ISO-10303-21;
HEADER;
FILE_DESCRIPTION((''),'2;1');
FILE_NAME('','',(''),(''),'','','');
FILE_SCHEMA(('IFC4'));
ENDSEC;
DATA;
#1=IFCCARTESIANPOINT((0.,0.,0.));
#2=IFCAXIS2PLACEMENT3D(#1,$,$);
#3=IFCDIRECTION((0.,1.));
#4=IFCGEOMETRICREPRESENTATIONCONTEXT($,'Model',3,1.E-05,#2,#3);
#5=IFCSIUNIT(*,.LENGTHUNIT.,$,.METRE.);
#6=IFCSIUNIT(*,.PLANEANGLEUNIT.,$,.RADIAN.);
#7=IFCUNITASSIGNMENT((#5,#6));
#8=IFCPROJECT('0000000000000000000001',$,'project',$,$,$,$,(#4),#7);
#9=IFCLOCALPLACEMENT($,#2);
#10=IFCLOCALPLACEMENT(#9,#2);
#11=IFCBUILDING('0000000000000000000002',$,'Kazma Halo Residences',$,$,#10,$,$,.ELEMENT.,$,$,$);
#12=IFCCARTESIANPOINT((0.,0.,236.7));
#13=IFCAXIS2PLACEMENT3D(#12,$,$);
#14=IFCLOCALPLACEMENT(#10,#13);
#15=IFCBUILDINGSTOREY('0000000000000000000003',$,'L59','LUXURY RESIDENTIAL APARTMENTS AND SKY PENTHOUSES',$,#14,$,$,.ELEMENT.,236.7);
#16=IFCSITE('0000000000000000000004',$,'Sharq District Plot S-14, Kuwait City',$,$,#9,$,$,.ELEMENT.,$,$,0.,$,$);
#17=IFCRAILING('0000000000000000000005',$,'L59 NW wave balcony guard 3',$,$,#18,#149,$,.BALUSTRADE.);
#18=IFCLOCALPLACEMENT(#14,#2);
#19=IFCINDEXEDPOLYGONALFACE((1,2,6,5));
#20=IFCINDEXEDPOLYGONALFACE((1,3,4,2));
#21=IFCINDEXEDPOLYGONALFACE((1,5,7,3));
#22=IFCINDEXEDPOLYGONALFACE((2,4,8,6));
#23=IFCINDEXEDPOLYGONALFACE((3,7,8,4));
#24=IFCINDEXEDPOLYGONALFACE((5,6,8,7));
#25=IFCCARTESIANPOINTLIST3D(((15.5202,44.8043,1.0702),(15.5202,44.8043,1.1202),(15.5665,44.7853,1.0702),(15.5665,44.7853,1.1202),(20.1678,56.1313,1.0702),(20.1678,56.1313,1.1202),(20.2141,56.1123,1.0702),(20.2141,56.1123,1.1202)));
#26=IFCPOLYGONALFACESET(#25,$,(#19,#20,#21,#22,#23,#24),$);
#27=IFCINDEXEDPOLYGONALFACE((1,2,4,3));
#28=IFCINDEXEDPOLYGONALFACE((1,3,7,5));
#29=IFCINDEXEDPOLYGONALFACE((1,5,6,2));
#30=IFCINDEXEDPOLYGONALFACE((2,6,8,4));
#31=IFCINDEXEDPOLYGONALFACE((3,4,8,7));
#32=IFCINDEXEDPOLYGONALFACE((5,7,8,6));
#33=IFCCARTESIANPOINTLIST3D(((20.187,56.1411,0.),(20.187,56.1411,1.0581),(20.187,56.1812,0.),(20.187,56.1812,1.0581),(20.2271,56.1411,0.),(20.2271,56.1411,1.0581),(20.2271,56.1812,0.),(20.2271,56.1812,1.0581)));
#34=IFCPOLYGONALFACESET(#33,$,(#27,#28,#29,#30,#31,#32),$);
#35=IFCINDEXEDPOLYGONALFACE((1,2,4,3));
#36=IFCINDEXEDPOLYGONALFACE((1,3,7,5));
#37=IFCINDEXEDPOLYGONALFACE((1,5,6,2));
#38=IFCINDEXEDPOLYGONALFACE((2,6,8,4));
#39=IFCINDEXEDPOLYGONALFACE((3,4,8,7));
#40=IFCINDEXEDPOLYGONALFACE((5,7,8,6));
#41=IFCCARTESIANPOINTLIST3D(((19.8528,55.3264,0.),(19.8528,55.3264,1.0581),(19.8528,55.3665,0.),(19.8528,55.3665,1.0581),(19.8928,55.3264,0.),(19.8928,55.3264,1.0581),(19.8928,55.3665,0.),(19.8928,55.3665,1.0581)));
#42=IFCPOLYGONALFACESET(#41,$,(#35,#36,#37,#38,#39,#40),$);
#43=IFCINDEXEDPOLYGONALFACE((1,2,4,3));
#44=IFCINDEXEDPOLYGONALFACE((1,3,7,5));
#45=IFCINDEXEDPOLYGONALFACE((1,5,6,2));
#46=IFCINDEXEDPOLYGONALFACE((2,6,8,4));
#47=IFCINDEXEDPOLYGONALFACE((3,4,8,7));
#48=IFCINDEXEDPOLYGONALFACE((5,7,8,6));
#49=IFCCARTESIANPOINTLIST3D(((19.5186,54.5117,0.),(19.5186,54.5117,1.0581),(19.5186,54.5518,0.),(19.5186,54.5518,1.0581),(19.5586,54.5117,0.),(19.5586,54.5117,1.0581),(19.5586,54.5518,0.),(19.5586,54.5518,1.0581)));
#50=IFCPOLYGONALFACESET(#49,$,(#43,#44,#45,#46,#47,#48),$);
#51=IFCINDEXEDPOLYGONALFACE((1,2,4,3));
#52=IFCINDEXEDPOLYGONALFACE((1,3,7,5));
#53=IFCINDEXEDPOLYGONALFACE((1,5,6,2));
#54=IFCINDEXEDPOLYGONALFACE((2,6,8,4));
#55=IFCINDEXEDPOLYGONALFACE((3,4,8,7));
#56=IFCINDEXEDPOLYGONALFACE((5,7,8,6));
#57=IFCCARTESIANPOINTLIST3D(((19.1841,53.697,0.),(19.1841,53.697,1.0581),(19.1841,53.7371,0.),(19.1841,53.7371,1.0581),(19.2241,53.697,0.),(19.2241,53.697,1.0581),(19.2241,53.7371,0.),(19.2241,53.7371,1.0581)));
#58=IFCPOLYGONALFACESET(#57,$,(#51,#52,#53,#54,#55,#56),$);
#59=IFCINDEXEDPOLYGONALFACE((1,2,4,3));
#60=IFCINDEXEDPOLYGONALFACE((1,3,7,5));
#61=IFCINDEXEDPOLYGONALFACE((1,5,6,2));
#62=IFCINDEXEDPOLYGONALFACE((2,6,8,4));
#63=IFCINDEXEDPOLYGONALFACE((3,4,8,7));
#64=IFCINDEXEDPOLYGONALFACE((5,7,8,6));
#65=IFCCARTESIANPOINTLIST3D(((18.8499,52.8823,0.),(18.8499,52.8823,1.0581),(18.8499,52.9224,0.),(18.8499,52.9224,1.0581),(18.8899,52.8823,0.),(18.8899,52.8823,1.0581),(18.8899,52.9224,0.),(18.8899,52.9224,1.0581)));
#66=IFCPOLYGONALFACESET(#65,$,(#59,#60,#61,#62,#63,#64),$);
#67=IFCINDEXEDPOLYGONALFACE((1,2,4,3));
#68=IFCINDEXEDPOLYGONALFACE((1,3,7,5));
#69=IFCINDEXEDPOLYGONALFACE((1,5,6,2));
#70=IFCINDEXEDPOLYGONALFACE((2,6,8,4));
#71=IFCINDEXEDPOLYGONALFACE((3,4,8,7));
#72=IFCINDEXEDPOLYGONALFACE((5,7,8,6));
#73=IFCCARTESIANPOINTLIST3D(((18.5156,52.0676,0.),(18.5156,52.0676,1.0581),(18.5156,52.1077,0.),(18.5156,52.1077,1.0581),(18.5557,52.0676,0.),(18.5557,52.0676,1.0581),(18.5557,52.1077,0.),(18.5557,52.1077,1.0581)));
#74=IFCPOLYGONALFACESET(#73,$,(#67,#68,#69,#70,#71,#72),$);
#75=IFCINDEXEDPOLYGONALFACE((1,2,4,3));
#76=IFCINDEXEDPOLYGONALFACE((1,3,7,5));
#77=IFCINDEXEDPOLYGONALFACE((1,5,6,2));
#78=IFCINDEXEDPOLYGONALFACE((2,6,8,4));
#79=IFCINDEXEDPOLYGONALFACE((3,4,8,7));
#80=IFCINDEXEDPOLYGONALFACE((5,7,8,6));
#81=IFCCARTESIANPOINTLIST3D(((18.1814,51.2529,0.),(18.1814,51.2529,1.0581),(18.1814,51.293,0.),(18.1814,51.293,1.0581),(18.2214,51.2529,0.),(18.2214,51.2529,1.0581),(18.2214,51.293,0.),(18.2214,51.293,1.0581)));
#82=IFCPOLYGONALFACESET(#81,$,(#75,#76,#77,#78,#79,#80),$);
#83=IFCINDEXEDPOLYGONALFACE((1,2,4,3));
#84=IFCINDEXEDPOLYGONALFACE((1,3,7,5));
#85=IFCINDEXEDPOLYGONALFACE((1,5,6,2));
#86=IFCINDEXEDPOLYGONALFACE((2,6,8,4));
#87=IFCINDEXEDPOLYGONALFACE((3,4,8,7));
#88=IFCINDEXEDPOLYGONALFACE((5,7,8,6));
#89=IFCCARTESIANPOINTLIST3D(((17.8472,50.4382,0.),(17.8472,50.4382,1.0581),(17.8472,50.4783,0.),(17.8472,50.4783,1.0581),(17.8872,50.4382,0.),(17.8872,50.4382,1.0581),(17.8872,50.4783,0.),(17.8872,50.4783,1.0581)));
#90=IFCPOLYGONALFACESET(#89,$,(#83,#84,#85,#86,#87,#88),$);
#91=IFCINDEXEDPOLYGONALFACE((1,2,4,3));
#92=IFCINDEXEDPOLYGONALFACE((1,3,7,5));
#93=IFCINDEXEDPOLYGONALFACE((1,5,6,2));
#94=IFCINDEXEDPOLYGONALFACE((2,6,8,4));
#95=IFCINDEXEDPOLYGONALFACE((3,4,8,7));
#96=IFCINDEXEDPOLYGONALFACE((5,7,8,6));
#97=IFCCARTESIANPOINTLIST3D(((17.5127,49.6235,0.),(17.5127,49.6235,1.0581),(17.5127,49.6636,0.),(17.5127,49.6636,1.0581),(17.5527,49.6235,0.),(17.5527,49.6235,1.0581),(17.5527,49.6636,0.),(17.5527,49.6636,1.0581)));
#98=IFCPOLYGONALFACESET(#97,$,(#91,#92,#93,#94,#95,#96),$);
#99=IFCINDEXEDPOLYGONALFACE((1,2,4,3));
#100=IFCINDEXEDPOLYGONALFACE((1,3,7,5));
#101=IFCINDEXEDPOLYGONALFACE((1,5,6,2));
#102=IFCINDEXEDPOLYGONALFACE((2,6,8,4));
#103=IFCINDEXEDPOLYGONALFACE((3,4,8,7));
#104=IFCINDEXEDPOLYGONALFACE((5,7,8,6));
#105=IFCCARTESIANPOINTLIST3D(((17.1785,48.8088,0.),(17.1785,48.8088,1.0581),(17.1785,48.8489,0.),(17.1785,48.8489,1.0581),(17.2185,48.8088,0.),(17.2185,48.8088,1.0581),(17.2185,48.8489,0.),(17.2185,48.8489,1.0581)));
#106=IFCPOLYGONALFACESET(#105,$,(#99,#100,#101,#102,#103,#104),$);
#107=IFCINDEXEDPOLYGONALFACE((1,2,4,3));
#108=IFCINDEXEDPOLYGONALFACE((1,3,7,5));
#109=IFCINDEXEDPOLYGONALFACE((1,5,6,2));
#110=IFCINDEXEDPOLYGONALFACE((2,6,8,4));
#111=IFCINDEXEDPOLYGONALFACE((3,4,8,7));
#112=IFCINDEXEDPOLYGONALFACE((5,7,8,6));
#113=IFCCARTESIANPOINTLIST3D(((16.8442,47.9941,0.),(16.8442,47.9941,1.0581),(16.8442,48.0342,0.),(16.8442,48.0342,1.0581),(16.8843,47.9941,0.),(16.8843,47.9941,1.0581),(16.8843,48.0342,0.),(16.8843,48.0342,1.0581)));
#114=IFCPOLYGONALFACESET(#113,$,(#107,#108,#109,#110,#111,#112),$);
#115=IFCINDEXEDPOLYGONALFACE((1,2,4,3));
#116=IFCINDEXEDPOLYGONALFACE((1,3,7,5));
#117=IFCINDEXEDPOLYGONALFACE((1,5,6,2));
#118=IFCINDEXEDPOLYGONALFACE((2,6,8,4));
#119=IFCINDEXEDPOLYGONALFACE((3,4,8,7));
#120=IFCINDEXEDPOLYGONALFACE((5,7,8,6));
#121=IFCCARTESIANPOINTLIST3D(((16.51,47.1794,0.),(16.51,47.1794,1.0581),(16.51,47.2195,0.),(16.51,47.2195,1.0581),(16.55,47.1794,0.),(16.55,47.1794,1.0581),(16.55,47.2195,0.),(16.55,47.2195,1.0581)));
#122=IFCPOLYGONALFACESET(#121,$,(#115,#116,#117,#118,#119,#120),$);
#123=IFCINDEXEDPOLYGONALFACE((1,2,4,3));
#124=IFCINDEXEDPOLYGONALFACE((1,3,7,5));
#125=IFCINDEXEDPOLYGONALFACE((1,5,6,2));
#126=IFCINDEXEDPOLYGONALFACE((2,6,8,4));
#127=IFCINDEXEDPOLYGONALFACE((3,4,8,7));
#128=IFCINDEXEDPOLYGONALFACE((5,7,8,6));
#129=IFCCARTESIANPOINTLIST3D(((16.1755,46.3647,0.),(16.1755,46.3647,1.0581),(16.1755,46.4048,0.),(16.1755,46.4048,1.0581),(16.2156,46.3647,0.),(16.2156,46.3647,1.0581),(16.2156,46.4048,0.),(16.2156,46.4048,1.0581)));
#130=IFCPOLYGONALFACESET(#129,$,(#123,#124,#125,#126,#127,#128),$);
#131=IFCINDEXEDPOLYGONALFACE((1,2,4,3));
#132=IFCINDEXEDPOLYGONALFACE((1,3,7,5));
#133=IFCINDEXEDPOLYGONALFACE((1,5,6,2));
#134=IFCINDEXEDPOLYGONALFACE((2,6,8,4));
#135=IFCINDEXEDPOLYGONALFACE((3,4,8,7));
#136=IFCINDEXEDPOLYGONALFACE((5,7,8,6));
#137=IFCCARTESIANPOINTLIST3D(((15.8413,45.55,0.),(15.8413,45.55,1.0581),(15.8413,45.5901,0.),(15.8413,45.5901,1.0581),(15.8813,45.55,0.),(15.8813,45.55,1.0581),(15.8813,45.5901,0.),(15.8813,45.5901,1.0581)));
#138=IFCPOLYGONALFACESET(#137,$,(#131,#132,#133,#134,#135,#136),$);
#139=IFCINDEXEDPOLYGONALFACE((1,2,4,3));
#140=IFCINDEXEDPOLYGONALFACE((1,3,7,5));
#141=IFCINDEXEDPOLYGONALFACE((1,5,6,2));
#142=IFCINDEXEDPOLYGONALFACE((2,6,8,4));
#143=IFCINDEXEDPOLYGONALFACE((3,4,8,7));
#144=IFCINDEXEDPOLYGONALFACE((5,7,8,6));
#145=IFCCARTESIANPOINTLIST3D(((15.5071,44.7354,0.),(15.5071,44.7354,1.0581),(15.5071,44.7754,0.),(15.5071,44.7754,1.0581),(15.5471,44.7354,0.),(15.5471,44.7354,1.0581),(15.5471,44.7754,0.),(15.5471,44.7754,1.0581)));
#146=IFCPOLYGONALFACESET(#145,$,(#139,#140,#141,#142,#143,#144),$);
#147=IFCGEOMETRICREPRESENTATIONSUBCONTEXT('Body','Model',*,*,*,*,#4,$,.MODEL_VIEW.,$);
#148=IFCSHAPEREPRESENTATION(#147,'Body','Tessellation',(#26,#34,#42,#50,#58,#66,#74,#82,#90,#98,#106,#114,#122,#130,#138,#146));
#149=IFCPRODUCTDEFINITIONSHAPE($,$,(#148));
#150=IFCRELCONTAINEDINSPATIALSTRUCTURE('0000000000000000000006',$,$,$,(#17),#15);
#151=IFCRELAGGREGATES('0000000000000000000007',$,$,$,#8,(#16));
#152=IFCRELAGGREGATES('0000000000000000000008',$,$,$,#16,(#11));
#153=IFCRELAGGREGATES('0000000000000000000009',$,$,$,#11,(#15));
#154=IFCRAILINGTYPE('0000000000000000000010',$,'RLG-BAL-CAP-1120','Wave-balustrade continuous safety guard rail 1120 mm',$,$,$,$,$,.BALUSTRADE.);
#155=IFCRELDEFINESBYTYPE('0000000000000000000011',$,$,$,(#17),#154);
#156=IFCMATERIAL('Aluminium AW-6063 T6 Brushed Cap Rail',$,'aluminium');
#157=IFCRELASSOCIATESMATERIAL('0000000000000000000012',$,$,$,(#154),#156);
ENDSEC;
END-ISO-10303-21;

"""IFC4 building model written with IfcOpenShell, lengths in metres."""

from ifc_helpers import new_model, si_unit, direction, frame, origin, origin_2d, place, context, subcontext, project, spatial, rectangle, extrude, material, type_object, element, save


model = new_model("IFC4")

# Units and contexts
model_context = context("Model", 3, precision=1e-05, world=origin(), true_north=direction((0.0, 1.0)))
body_context = subcontext(model_context, "Body", "Model", "MODEL_VIEW")
ifc_project = project(units=[si_unit("LENGTHUNIT", "METRE"), si_unit("PLANEANGLEUNIT", "RADIAN")], contexts=[model_context])

# Site, building, storey
site_placement = place(None, origin())
site = spatial("IfcSite", under=ifc_project, at=site_placement, Name="Sharq District Plot S-14, Kuwait City", CompositionType="ELEMENT", RefElevation=0.0)
building_placement = place(site_placement, origin())
building = spatial("IfcBuilding", under=site, at=building_placement, Name="Kazma Halo Residences", CompositionType="ELEMENT")
storey_placement = place(building_placement, frame((0.0, 0.0, 236.7)))
storey = spatial("IfcBuildingStorey", under=building, at=storey_placement, Name="L59", Description="LUXURY RESIDENTIAL APARTMENTS AND SKY PENTHOUSES", CompositionType="ELEMENT", Elevation=236.7)

# Railing
ifc_material_1 = material(Name="Aluminium AW-6063 T6 Brushed Cap Rail", Category="aluminium")
railing_type = type_object("IfcRailingType", Name="RLG-BAL-CAP-1120", Description="Wave-balustrade continuous safety guard rail 1120 mm", PredefinedType="BALUSTRADE", material=ifc_material_1)
railing_1_placement = place(storey_placement, frame((20.207, 56.1611, 0.0)))
element("IfcRailing", 1, at=railing_1_placement, inside=storey, type_object=railing_type, Name="L59 NW wave balcony guard 3", PredefinedType="BALUSTRADE", context=body_context, shape_type="SweptSolid", body=[
    extrude(rectangle(XDim=0.05, YDim=0.05, at=origin_2d()), frame((-0.0161, -0.0393, 1.0952), z_axis=(-0.379601, -0.92515, 0.0), x_axis=(0.92515, -0.379601, 0.0)), (0.0, 0.0, 1.0), 12.2434),
    extrude(rectangle(XDim=0.04, YDim=0.04, at=origin_2d()), origin(), (0.0, 0.0, 1.0), 1.0581),
    extrude(rectangle(XDim=0.04, YDim=0.04, at=origin_2d()), frame((-0.3342, -0.8147, 0.0)), (0.0, 0.0, 1.0), 1.0581),
    extrude(rectangle(XDim=0.04, YDim=0.04, at=origin_2d()), frame((-0.6685, -1.6294, 0.0)), (0.0, 0.0, 1.0), 1.0581),
    extrude(rectangle(XDim=0.04, YDim=0.04, at=origin_2d()), frame((-1.0029, -2.4441, 0.0)), (0.0, 0.0, 1.0), 1.0581),
    extrude(rectangle(XDim=0.04, YDim=0.04, at=origin_2d()), frame((-1.3372, -3.2588, 0.0)), (0.0, 0.0, 1.0), 1.0581),
    extrude(rectangle(XDim=0.04, YDim=0.04, at=origin_2d()), frame((-1.6714, -4.0735, 0.0)), (0.0, 0.0, 1.0), 1.0581),
    extrude(rectangle(XDim=0.04, YDim=0.04, at=origin_2d()), frame((-2.0056, -4.8882, 0.0)), (0.0, 0.0, 1.0), 1.0581),
    extrude(rectangle(XDim=0.04, YDim=0.04, at=origin_2d()), frame((-2.3398, -5.7029, 0.0)), (0.0, 0.0, 1.0), 1.0581),
    extrude(rectangle(XDim=0.04, YDim=0.04, at=origin_2d()), frame((-2.6743, -6.5176, 0.0)), (0.0, 0.0, 1.0), 1.0581),
    extrude(rectangle(XDim=0.04, YDim=0.04, at=origin_2d()), frame((-3.0085, -7.3323, 0.0)), (0.0, 0.0, 1.0), 1.0581),
    extrude(rectangle(XDim=0.04, YDim=0.04, at=origin_2d()), frame((-3.3428, -8.147, 0.0)), (0.0, 0.0, 1.0), 1.0581),
    extrude(rectangle(XDim=0.04, YDim=0.04, at=origin_2d()), frame((-3.677, -8.9617, 0.0)), (0.0, 0.0, 1.0), 1.0581),
    extrude(rectangle(XDim=0.04, YDim=0.04, at=origin_2d()), frame((-4.0115, -9.7764, 0.0)), (0.0, 0.0, 1.0), 1.0581),
    extrude(rectangle(XDim=0.04, YDim=0.04, at=origin_2d()), frame((-4.3457, -10.5911, 0.0)), (0.0, 0.0, 1.0), 1.0581),
    extrude(rectangle(XDim=0.04, YDim=0.04, at=origin_2d()), frame((-4.6799, -11.4058, 0.0)), (0.0, 0.0, 1.0), 1.0581),
])

save(model, "model.ifc")
